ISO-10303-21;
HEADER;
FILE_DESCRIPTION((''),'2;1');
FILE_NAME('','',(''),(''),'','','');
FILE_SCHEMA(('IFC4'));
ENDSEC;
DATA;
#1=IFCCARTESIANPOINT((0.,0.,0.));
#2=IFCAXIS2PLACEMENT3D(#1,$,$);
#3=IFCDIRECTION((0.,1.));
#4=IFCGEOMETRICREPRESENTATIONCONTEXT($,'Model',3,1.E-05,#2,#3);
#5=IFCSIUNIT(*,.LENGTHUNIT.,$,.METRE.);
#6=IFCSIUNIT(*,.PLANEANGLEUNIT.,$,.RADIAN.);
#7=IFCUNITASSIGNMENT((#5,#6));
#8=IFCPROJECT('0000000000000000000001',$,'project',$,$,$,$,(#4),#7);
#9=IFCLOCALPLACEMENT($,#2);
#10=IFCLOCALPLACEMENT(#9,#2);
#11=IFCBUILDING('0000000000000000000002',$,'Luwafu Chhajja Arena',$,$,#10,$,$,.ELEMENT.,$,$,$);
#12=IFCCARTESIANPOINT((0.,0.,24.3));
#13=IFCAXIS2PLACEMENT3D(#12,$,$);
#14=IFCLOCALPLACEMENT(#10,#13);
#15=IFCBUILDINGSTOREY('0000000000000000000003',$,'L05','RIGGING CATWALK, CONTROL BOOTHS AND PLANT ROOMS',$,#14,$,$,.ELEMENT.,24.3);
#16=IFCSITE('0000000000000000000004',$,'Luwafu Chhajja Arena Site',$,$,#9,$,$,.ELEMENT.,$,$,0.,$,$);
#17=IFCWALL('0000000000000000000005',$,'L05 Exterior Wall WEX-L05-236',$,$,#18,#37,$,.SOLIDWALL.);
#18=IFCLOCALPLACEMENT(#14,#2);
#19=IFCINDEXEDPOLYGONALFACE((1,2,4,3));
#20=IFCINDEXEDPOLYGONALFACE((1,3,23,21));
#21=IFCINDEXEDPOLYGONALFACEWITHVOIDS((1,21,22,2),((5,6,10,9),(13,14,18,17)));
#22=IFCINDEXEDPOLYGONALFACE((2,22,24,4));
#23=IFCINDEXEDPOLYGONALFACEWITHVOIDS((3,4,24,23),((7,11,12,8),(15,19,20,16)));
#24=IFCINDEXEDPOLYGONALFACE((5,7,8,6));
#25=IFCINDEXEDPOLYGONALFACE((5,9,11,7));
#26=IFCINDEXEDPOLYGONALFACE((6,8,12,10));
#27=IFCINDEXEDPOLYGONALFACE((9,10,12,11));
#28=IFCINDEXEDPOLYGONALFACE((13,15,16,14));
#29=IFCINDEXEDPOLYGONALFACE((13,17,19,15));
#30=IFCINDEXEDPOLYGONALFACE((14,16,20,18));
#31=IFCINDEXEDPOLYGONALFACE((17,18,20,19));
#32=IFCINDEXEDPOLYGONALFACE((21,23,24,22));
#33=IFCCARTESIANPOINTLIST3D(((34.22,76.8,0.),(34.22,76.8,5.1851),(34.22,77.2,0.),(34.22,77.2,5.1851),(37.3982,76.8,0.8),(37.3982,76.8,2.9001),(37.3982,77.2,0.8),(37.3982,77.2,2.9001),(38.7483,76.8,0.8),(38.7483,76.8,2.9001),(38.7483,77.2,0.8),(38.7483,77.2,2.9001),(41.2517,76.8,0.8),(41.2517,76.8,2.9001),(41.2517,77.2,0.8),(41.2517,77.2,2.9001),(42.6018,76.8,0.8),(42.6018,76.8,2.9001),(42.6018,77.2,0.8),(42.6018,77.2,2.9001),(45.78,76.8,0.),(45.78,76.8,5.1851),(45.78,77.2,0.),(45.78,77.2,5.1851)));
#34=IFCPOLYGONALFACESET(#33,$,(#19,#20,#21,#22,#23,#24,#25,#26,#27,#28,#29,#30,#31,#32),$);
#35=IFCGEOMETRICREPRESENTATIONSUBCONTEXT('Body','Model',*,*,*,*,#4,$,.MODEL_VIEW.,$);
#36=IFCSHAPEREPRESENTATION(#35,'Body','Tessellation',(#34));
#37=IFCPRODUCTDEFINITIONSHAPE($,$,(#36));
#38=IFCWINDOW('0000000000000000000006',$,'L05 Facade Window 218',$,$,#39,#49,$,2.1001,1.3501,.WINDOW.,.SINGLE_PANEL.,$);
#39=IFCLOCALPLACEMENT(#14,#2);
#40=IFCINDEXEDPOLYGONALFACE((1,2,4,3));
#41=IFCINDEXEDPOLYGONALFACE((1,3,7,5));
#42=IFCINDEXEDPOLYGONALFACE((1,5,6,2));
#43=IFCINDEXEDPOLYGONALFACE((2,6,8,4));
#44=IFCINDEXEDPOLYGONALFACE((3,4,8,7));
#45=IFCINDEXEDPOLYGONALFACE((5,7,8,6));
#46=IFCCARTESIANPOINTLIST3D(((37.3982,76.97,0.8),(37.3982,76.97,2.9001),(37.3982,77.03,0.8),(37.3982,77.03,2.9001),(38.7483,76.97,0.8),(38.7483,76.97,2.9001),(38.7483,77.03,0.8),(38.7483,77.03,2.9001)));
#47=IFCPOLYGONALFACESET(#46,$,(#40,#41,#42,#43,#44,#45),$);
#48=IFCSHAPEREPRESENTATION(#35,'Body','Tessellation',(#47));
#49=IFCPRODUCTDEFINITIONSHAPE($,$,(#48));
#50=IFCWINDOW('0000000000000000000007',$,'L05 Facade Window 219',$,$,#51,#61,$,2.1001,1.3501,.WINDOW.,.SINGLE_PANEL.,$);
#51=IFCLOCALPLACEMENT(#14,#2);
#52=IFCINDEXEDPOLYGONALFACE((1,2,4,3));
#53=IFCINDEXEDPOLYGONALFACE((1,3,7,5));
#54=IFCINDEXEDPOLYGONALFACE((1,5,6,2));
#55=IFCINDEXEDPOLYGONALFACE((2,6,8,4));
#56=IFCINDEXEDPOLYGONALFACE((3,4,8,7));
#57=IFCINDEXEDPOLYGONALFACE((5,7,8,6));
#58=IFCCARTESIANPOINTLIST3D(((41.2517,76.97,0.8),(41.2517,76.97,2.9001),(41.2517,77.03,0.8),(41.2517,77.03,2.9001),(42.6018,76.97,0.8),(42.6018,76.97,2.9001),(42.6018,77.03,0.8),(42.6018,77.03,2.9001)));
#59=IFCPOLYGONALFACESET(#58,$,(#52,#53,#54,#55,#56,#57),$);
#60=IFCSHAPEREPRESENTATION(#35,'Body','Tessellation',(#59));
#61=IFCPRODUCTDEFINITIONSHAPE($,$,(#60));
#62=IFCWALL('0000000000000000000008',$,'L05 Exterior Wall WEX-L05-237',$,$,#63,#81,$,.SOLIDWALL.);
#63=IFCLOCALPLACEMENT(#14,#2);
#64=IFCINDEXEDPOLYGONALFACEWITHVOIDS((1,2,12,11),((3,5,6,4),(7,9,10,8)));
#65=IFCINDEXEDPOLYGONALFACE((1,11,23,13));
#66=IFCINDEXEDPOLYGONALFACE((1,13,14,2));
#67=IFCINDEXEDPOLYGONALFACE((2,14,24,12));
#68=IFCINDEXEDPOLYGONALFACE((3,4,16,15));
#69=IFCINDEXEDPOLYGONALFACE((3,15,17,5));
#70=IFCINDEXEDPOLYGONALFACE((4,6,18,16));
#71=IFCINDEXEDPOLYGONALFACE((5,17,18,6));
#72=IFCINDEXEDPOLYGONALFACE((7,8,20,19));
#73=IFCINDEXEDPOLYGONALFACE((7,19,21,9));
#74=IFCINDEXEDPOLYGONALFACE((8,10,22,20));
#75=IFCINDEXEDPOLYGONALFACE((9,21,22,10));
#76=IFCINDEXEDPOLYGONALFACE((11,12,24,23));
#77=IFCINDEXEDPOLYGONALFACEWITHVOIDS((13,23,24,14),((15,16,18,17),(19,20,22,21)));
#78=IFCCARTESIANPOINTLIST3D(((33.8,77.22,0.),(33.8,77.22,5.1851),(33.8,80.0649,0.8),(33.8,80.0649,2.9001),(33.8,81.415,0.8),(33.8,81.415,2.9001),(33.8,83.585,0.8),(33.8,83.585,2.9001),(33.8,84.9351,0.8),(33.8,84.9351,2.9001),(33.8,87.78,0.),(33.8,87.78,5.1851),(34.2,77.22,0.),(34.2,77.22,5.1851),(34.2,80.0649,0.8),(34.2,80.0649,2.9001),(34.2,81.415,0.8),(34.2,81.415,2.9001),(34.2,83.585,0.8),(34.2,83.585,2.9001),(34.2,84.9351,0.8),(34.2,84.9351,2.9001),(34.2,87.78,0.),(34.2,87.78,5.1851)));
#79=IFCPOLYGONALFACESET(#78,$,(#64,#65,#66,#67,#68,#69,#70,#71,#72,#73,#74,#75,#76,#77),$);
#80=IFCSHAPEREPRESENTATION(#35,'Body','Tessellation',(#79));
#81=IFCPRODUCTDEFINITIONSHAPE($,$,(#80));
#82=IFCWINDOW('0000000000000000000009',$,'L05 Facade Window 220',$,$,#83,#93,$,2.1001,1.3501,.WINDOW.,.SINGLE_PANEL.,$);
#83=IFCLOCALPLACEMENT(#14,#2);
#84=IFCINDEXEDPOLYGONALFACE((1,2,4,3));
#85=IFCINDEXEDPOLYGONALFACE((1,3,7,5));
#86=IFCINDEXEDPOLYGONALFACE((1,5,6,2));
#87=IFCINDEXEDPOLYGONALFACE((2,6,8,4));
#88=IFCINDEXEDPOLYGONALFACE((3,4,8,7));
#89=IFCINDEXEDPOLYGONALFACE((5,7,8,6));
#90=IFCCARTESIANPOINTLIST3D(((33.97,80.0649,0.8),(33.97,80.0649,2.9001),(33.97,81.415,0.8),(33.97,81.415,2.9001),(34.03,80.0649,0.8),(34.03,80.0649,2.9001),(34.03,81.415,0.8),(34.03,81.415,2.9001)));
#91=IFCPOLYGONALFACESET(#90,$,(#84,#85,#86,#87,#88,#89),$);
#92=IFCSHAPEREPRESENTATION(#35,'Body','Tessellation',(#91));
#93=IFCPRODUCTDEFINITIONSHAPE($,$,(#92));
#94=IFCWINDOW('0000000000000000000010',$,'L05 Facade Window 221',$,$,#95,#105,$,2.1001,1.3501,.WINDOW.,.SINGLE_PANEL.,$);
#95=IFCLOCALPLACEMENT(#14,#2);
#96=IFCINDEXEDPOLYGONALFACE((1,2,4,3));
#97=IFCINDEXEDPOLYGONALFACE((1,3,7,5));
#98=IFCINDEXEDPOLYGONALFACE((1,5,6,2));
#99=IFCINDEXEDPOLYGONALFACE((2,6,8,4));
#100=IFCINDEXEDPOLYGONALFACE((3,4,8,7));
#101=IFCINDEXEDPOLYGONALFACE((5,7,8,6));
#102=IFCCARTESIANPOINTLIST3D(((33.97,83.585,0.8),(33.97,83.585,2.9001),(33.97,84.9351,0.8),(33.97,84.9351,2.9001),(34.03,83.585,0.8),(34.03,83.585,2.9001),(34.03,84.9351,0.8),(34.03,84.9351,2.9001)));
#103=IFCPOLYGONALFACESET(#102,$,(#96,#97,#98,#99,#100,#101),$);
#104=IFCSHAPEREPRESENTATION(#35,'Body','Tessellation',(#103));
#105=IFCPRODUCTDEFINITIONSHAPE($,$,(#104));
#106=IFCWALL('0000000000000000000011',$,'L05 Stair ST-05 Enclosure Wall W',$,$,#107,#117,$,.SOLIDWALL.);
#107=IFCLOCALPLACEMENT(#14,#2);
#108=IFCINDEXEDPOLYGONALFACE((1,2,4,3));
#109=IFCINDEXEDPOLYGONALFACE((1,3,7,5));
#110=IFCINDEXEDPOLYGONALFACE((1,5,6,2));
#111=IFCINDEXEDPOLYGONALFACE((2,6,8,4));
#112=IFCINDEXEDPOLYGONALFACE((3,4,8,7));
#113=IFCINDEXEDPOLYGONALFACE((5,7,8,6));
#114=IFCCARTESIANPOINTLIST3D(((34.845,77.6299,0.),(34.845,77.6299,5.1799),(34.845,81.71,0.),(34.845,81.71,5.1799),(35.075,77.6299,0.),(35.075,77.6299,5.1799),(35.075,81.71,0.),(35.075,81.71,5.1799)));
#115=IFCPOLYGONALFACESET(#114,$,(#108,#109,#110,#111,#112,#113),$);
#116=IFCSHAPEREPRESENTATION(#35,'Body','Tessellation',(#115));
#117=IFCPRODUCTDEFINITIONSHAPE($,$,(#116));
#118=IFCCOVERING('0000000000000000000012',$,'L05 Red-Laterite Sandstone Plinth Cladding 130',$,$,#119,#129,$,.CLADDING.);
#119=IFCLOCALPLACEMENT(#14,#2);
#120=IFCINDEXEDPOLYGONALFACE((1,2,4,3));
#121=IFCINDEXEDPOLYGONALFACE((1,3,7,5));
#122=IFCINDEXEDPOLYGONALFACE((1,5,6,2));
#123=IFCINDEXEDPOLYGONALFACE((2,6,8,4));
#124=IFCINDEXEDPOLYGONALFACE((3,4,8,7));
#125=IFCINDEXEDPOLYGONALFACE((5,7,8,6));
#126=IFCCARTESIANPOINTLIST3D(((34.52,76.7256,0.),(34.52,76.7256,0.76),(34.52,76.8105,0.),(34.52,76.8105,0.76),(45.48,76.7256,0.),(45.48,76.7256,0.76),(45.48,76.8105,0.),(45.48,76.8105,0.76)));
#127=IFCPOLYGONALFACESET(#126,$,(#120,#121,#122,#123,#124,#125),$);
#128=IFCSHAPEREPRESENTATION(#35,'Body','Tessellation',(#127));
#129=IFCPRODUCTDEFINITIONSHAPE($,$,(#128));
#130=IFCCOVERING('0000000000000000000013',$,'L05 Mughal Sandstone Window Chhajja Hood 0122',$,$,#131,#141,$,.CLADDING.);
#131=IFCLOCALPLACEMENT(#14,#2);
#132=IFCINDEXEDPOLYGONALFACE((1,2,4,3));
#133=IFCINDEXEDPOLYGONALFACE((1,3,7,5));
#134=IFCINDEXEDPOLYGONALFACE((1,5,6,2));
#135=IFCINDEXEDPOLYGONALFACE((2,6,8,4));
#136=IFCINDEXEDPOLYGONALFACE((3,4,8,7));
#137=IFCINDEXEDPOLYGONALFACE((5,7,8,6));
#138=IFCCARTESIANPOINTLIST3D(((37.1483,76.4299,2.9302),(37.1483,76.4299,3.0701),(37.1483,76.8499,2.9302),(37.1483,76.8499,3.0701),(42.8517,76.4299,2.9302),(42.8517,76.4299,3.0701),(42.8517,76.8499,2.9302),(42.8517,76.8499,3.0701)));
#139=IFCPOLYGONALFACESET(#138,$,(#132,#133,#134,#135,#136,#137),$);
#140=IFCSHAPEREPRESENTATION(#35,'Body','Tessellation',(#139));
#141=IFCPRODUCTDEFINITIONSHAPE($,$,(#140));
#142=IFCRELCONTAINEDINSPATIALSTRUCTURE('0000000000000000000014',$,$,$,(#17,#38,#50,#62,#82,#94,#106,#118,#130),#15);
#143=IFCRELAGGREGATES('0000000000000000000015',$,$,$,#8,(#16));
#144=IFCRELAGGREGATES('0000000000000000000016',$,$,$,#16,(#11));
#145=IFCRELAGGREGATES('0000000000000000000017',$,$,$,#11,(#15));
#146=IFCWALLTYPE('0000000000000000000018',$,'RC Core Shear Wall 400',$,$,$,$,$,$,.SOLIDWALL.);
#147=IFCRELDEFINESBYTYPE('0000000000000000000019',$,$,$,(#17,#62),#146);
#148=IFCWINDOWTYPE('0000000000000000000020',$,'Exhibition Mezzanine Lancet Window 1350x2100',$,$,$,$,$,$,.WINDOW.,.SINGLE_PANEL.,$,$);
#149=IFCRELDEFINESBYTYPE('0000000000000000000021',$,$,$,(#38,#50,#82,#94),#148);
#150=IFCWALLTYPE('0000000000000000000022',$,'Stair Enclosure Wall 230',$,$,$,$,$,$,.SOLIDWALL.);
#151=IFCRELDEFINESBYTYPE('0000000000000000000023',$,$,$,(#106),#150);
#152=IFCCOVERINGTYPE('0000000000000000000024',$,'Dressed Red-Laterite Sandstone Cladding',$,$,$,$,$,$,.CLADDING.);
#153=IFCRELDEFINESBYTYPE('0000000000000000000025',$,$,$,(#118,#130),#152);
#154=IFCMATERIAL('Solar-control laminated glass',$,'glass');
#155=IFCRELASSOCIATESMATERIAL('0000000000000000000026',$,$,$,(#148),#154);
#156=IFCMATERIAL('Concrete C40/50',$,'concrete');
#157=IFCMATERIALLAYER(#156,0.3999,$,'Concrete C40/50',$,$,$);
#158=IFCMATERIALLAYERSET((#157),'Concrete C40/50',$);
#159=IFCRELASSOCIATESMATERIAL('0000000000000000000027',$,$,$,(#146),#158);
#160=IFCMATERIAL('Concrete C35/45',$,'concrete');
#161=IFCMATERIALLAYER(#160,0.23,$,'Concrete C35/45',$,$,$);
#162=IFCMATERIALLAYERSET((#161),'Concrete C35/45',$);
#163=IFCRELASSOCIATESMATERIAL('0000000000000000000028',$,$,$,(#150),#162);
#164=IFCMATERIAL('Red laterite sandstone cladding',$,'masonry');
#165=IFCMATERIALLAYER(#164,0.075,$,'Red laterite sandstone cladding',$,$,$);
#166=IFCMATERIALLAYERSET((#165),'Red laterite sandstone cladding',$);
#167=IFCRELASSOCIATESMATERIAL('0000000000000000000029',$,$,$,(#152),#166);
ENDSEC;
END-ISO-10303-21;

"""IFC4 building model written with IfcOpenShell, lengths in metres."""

from ifc_helpers import new_model, si_unit, direction, frame, frame_2d, origin, origin_2d, place, context, subcontext, project, spatial, rectangle, extrude, material, layer, layer_set, type_object, element, fill, save


model = new_model("IFC4")

# Units and contexts
model_context = context("Model", 3, precision=1e-05, world=origin(), true_north=direction((0.0, 1.0)))
body_context = subcontext(model_context, "Body", "Model", "MODEL_VIEW")
ifc_project = project(units=[si_unit("LENGTHUNIT", "METRE"), si_unit("PLANEANGLEUNIT", "RADIAN")], contexts=[model_context])

# Site, building, storey
site_placement = place(None, origin())
site = spatial("IfcSite", under=ifc_project, at=site_placement, Name="Luwafu Chhajja Arena Site", CompositionType="ELEMENT", RefElevation=0.0)
building_placement = place(site_placement, origin())
building = spatial("IfcBuilding", under=site, at=building_placement, Name="Luwafu Chhajja Arena", CompositionType="ELEMENT")
storey_placement = place(building_placement, frame((0.0, 0.0, 24.3)))
storey = spatial("IfcBuildingStorey", under=building, at=storey_placement, Name="L05", Description="RIGGING CATWALK, CONTROL BOOTHS AND PLANT ROOMS", CompositionType="ELEMENT", Elevation=24.3)

# Shared definitions
ifc_material_1 = material(Name="Concrete C35/45", Category="concrete")

# Shared definitions
ifc_material_2 = material(Name="Solar-control laminated glass", Category="glass")
window_type_1 = type_object("IfcWindowType", Name="Exhibition Mezzanine Lancet Window 1350x2100", PartitioningType="SINGLE_PANEL", PredefinedType="WINDOW", material=ifc_material_2)

# Shared definitions
ifc_material_3 = material(Name="Concrete C40/50", Category="concrete")

# Walls, openings, windows
ifc_layer_1 = layer(ifc_material_3, 0.3999, Name="Concrete C40/50")
ifc_layer_set_1 = layer_set([ifc_layer_1], Name="Concrete C40/50")
wall_type_1 = type_object("IfcWallType", Name="RC Core Shear Wall 400", PredefinedType="SOLIDWALL", material=ifc_layer_set_1)
wall_1_placement = place(storey_placement, frame((34.22, 77.0, 0.0), z_axis=(0.0, 0.0, 1.0), x_axis=(1.0, 0.0, 0.0)))
wall_1 = element("IfcWall", 1, at=wall_1_placement, inside=storey, type_object=wall_type_1, Name="L05 Exterior Wall WEX-L05-236", PredefinedType="SOLIDWALL", context=body_context, shape_type="SweptSolid", body=[
    extrude(rectangle(XDim=11.5601, YDim=0.3999, at=frame_2d((5.78, 0.0))), origin(), (0.0, 0.0, 1.0), 5.1851),
])
opening_1_placement = place(wall_1_placement, frame((3.1782, 0.0, 0.8)))
opening_1 = element("IfcOpeningElement", 2, at=opening_1_placement, cuts=wall_1, PredefinedType="OPENING", context=body_context, shape_type="SweptSolid", body=[
    extrude(rectangle(XDim=1.3501, YDim=2.1001, at=frame_2d((0.675, 1.05))), frame((0.0, 0.21, 0.0), z_axis=(0.0, -1.0, 0.0), x_axis=(1.0, 0.0, 0.0)), (0.0, 0.0, 1.0), 0.4199),
])
opening_2_placement = place(wall_1_placement, frame((7.0317, 0.0, 0.8)))
opening_2 = element("IfcOpeningElement", 3, at=opening_2_placement, cuts=wall_1, PredefinedType="OPENING", context=body_context, shape_type="SweptSolid", body=[
    extrude(rectangle(XDim=1.3501, YDim=2.1001, at=frame_2d((0.675, 1.05))), frame((0.0, 0.21, 0.0), z_axis=(0.0, -1.0, 0.0), x_axis=(1.0, 0.0, 0.0)), (0.0, 0.0, 1.0), 0.4199),
])
window_1_placement = place(opening_1_placement, origin())
window_1 = element("IfcWindow", 4, at=window_1_placement, inside=storey, type_object=window_type_1, Name="L05 Facade Window 218", OverallHeight=2.1001, OverallWidth=1.3501, PartitioningType="SINGLE_PANEL", PredefinedType="WINDOW", context=body_context, shape_type="SweptSolid", body=[
    extrude(rectangle(XDim=1.3501, YDim=2.1001, at=frame_2d((0.675, 1.05))), frame((0.0, 0.03, 0.0), z_axis=(0.0, -1.0, 0.0), x_axis=(1.0, 0.0, 0.0)), (0.0, 0.0, 1.0), 0.0601),
])
fill(opening_1, window_1)
window_2_placement = place(opening_2_placement, origin())
window_2 = element("IfcWindow", 5, at=window_2_placement, inside=storey, type_object=window_type_1, Name="L05 Facade Window 219", OverallHeight=2.1001, OverallWidth=1.3501, PartitioningType="SINGLE_PANEL", PredefinedType="WINDOW", context=body_context, shape_type="SweptSolid", body=[
    extrude(rectangle(XDim=1.3501, YDim=2.1001, at=frame_2d((0.675, 1.05))), frame((0.0, 0.03, 0.0), z_axis=(0.0, -1.0, 0.0), x_axis=(1.0, 0.0, 0.0)), (0.0, 0.0, 1.0), 0.0601),
])
fill(opening_2, window_2)
wall_2_placement = place(storey_placement, frame((34.0, 77.22, 0.0), z_axis=(0.0, 0.0, 1.0), x_axis=(0.0, 1.0, 0.0)))
wall_2 = element("IfcWall", 6, at=wall_2_placement, inside=storey, type_object=wall_type_1, Name="L05 Exterior Wall WEX-L05-237", PredefinedType="SOLIDWALL", context=body_context, shape_type="SweptSolid", body=[
    extrude(rectangle(XDim=10.5601, YDim=0.3999, at=frame_2d((5.28, 0.0))), origin(), (0.0, 0.0, 1.0), 5.1851),
])
opening_3_placement = place(wall_2_placement, frame((2.845, 0.0, 0.8)))
opening_3 = element("IfcOpeningElement", 7, at=opening_3_placement, cuts=wall_2, PredefinedType="OPENING", context=body_context, shape_type="SweptSolid", body=[
    extrude(rectangle(XDim=1.3501, YDim=2.1001, at=frame_2d((0.675, 1.05))), frame((0.0, 0.21, 0.0), z_axis=(0.0, -1.0, 0.0), x_axis=(1.0, 0.0, 0.0)), (0.0, 0.0, 1.0), 0.4199),
])
opening_4_placement = place(wall_2_placement, frame((6.365, 0.0, 0.8)))
opening_4 = element("IfcOpeningElement", 8, at=opening_4_placement, cuts=wall_2, PredefinedType="OPENING", context=body_context, shape_type="SweptSolid", body=[
    extrude(rectangle(XDim=1.3501, YDim=2.1001, at=frame_2d((0.675, 1.05))), frame((0.0, 0.21, 0.0), z_axis=(0.0, -1.0, 0.0), x_axis=(1.0, 0.0, 0.0)), (0.0, 0.0, 1.0), 0.4199),
])
window_3_placement = place(opening_3_placement, origin())
window_3 = element("IfcWindow", 9, at=window_3_placement, inside=storey, type_object=window_type_1, Name="L05 Facade Window 220", OverallHeight=2.1001, OverallWidth=1.3501, PartitioningType="SINGLE_PANEL", PredefinedType="WINDOW", context=body_context, shape_type="SweptSolid", body=[
    extrude(rectangle(XDim=1.3501, YDim=2.1001, at=frame_2d((0.675, 1.05))), frame((0.0, 0.03, 0.0), z_axis=(0.0, -1.0, 0.0), x_axis=(1.0, 0.0, 0.0)), (0.0, 0.0, 1.0), 0.0601),
])
fill(opening_3, window_3)
window_4_placement = place(opening_4_placement, origin())
window_4 = element("IfcWindow", 10, at=window_4_placement, inside=storey, type_object=window_type_1, Name="L05 Facade Window 221", OverallHeight=2.1001, OverallWidth=1.3501, PartitioningType="SINGLE_PANEL", PredefinedType="WINDOW", context=body_context, shape_type="SweptSolid", body=[
    extrude(rectangle(XDim=1.3501, YDim=2.1001, at=frame_2d((0.675, 1.05))), frame((0.0, 0.03, 0.0), z_axis=(0.0, -1.0, 0.0), x_axis=(1.0, 0.0, 0.0)), (0.0, 0.0, 1.0), 0.0601),
])
fill(opening_4, window_4)

# Wall
ifc_layer_2 = layer(ifc_material_1, 0.23, Name="Concrete C35/45")
ifc_layer_set_2 = layer_set([ifc_layer_2], Name="Concrete C35/45")
wall_type_2 = type_object("IfcWallType", Name="Stair Enclosure Wall 230", PredefinedType="SOLIDWALL", material=ifc_layer_set_2)
wall_3_placement = place(storey_placement, frame((34.96, 77.6299, 0.0), z_axis=(0.0, 0.0, 1.0), x_axis=(0.0, 1.0, 0.0)))
element("IfcWall", 11, at=wall_3_placement, inside=storey, type_object=wall_type_2, Name="L05 Stair ST-05 Enclosure Wall W", PredefinedType="SOLIDWALL", context=body_context, shape_type="SweptSolid", body=[
    extrude(rectangle(XDim=4.0801, YDim=0.23, at=frame_2d((2.04, 0.0))), origin(), (0.0, 0.0, 1.0), 5.1799),
])

# Coverings
ifc_material_4 = material(Name="Red laterite sandstone cladding", Category="masonry")
ifc_layer_3 = layer(ifc_material_4, 0.075, Name="Red laterite sandstone cladding")
ifc_layer_set_3 = layer_set([ifc_layer_3], Name="Red laterite sandstone cladding")
covering_type = type_object("IfcCoveringType", Name="Dressed Red-Laterite Sandstone Cladding", PredefinedType="CLADDING", material=ifc_layer_set_3)
covering_1_placement = place(storey_placement, frame((40.0, 76.7681, 0.0), z_axis=(0.0, 0.0, 1.0), x_axis=(1.0, 0.0, 0.0)))
element("IfcCovering", 12, at=covering_1_placement, inside=storey, type_object=covering_type, Name="L05 Red-Laterite Sandstone Plinth Cladding 130", PredefinedType="CLADDING", context=body_context, shape_type="SweptSolid", body=[
    extrude(rectangle(XDim=10.96, YDim=0.085, at=origin_2d()), origin(), (0.0, 0.0, 1.0), 0.76),
])
covering_2_placement = place(storey_placement, frame((40.0, 76.6399, 2.9302), z_axis=(0.0, 0.0, 1.0), x_axis=(1.0, 0.0, 0.0)))
element("IfcCovering", 13, at=covering_2_placement, inside=storey, type_object=covering_type, Name="L05 Mughal Sandstone Window Chhajja Hood 0122", PredefinedType="CLADDING", context=body_context, shape_type="SweptSolid", body=[
    extrude(rectangle(XDim=5.7034, YDim=0.4199, at=origin_2d()), origin(), (0.0, 0.0, 1.0), 0.1399),
])

save(model, "model.ifc")
